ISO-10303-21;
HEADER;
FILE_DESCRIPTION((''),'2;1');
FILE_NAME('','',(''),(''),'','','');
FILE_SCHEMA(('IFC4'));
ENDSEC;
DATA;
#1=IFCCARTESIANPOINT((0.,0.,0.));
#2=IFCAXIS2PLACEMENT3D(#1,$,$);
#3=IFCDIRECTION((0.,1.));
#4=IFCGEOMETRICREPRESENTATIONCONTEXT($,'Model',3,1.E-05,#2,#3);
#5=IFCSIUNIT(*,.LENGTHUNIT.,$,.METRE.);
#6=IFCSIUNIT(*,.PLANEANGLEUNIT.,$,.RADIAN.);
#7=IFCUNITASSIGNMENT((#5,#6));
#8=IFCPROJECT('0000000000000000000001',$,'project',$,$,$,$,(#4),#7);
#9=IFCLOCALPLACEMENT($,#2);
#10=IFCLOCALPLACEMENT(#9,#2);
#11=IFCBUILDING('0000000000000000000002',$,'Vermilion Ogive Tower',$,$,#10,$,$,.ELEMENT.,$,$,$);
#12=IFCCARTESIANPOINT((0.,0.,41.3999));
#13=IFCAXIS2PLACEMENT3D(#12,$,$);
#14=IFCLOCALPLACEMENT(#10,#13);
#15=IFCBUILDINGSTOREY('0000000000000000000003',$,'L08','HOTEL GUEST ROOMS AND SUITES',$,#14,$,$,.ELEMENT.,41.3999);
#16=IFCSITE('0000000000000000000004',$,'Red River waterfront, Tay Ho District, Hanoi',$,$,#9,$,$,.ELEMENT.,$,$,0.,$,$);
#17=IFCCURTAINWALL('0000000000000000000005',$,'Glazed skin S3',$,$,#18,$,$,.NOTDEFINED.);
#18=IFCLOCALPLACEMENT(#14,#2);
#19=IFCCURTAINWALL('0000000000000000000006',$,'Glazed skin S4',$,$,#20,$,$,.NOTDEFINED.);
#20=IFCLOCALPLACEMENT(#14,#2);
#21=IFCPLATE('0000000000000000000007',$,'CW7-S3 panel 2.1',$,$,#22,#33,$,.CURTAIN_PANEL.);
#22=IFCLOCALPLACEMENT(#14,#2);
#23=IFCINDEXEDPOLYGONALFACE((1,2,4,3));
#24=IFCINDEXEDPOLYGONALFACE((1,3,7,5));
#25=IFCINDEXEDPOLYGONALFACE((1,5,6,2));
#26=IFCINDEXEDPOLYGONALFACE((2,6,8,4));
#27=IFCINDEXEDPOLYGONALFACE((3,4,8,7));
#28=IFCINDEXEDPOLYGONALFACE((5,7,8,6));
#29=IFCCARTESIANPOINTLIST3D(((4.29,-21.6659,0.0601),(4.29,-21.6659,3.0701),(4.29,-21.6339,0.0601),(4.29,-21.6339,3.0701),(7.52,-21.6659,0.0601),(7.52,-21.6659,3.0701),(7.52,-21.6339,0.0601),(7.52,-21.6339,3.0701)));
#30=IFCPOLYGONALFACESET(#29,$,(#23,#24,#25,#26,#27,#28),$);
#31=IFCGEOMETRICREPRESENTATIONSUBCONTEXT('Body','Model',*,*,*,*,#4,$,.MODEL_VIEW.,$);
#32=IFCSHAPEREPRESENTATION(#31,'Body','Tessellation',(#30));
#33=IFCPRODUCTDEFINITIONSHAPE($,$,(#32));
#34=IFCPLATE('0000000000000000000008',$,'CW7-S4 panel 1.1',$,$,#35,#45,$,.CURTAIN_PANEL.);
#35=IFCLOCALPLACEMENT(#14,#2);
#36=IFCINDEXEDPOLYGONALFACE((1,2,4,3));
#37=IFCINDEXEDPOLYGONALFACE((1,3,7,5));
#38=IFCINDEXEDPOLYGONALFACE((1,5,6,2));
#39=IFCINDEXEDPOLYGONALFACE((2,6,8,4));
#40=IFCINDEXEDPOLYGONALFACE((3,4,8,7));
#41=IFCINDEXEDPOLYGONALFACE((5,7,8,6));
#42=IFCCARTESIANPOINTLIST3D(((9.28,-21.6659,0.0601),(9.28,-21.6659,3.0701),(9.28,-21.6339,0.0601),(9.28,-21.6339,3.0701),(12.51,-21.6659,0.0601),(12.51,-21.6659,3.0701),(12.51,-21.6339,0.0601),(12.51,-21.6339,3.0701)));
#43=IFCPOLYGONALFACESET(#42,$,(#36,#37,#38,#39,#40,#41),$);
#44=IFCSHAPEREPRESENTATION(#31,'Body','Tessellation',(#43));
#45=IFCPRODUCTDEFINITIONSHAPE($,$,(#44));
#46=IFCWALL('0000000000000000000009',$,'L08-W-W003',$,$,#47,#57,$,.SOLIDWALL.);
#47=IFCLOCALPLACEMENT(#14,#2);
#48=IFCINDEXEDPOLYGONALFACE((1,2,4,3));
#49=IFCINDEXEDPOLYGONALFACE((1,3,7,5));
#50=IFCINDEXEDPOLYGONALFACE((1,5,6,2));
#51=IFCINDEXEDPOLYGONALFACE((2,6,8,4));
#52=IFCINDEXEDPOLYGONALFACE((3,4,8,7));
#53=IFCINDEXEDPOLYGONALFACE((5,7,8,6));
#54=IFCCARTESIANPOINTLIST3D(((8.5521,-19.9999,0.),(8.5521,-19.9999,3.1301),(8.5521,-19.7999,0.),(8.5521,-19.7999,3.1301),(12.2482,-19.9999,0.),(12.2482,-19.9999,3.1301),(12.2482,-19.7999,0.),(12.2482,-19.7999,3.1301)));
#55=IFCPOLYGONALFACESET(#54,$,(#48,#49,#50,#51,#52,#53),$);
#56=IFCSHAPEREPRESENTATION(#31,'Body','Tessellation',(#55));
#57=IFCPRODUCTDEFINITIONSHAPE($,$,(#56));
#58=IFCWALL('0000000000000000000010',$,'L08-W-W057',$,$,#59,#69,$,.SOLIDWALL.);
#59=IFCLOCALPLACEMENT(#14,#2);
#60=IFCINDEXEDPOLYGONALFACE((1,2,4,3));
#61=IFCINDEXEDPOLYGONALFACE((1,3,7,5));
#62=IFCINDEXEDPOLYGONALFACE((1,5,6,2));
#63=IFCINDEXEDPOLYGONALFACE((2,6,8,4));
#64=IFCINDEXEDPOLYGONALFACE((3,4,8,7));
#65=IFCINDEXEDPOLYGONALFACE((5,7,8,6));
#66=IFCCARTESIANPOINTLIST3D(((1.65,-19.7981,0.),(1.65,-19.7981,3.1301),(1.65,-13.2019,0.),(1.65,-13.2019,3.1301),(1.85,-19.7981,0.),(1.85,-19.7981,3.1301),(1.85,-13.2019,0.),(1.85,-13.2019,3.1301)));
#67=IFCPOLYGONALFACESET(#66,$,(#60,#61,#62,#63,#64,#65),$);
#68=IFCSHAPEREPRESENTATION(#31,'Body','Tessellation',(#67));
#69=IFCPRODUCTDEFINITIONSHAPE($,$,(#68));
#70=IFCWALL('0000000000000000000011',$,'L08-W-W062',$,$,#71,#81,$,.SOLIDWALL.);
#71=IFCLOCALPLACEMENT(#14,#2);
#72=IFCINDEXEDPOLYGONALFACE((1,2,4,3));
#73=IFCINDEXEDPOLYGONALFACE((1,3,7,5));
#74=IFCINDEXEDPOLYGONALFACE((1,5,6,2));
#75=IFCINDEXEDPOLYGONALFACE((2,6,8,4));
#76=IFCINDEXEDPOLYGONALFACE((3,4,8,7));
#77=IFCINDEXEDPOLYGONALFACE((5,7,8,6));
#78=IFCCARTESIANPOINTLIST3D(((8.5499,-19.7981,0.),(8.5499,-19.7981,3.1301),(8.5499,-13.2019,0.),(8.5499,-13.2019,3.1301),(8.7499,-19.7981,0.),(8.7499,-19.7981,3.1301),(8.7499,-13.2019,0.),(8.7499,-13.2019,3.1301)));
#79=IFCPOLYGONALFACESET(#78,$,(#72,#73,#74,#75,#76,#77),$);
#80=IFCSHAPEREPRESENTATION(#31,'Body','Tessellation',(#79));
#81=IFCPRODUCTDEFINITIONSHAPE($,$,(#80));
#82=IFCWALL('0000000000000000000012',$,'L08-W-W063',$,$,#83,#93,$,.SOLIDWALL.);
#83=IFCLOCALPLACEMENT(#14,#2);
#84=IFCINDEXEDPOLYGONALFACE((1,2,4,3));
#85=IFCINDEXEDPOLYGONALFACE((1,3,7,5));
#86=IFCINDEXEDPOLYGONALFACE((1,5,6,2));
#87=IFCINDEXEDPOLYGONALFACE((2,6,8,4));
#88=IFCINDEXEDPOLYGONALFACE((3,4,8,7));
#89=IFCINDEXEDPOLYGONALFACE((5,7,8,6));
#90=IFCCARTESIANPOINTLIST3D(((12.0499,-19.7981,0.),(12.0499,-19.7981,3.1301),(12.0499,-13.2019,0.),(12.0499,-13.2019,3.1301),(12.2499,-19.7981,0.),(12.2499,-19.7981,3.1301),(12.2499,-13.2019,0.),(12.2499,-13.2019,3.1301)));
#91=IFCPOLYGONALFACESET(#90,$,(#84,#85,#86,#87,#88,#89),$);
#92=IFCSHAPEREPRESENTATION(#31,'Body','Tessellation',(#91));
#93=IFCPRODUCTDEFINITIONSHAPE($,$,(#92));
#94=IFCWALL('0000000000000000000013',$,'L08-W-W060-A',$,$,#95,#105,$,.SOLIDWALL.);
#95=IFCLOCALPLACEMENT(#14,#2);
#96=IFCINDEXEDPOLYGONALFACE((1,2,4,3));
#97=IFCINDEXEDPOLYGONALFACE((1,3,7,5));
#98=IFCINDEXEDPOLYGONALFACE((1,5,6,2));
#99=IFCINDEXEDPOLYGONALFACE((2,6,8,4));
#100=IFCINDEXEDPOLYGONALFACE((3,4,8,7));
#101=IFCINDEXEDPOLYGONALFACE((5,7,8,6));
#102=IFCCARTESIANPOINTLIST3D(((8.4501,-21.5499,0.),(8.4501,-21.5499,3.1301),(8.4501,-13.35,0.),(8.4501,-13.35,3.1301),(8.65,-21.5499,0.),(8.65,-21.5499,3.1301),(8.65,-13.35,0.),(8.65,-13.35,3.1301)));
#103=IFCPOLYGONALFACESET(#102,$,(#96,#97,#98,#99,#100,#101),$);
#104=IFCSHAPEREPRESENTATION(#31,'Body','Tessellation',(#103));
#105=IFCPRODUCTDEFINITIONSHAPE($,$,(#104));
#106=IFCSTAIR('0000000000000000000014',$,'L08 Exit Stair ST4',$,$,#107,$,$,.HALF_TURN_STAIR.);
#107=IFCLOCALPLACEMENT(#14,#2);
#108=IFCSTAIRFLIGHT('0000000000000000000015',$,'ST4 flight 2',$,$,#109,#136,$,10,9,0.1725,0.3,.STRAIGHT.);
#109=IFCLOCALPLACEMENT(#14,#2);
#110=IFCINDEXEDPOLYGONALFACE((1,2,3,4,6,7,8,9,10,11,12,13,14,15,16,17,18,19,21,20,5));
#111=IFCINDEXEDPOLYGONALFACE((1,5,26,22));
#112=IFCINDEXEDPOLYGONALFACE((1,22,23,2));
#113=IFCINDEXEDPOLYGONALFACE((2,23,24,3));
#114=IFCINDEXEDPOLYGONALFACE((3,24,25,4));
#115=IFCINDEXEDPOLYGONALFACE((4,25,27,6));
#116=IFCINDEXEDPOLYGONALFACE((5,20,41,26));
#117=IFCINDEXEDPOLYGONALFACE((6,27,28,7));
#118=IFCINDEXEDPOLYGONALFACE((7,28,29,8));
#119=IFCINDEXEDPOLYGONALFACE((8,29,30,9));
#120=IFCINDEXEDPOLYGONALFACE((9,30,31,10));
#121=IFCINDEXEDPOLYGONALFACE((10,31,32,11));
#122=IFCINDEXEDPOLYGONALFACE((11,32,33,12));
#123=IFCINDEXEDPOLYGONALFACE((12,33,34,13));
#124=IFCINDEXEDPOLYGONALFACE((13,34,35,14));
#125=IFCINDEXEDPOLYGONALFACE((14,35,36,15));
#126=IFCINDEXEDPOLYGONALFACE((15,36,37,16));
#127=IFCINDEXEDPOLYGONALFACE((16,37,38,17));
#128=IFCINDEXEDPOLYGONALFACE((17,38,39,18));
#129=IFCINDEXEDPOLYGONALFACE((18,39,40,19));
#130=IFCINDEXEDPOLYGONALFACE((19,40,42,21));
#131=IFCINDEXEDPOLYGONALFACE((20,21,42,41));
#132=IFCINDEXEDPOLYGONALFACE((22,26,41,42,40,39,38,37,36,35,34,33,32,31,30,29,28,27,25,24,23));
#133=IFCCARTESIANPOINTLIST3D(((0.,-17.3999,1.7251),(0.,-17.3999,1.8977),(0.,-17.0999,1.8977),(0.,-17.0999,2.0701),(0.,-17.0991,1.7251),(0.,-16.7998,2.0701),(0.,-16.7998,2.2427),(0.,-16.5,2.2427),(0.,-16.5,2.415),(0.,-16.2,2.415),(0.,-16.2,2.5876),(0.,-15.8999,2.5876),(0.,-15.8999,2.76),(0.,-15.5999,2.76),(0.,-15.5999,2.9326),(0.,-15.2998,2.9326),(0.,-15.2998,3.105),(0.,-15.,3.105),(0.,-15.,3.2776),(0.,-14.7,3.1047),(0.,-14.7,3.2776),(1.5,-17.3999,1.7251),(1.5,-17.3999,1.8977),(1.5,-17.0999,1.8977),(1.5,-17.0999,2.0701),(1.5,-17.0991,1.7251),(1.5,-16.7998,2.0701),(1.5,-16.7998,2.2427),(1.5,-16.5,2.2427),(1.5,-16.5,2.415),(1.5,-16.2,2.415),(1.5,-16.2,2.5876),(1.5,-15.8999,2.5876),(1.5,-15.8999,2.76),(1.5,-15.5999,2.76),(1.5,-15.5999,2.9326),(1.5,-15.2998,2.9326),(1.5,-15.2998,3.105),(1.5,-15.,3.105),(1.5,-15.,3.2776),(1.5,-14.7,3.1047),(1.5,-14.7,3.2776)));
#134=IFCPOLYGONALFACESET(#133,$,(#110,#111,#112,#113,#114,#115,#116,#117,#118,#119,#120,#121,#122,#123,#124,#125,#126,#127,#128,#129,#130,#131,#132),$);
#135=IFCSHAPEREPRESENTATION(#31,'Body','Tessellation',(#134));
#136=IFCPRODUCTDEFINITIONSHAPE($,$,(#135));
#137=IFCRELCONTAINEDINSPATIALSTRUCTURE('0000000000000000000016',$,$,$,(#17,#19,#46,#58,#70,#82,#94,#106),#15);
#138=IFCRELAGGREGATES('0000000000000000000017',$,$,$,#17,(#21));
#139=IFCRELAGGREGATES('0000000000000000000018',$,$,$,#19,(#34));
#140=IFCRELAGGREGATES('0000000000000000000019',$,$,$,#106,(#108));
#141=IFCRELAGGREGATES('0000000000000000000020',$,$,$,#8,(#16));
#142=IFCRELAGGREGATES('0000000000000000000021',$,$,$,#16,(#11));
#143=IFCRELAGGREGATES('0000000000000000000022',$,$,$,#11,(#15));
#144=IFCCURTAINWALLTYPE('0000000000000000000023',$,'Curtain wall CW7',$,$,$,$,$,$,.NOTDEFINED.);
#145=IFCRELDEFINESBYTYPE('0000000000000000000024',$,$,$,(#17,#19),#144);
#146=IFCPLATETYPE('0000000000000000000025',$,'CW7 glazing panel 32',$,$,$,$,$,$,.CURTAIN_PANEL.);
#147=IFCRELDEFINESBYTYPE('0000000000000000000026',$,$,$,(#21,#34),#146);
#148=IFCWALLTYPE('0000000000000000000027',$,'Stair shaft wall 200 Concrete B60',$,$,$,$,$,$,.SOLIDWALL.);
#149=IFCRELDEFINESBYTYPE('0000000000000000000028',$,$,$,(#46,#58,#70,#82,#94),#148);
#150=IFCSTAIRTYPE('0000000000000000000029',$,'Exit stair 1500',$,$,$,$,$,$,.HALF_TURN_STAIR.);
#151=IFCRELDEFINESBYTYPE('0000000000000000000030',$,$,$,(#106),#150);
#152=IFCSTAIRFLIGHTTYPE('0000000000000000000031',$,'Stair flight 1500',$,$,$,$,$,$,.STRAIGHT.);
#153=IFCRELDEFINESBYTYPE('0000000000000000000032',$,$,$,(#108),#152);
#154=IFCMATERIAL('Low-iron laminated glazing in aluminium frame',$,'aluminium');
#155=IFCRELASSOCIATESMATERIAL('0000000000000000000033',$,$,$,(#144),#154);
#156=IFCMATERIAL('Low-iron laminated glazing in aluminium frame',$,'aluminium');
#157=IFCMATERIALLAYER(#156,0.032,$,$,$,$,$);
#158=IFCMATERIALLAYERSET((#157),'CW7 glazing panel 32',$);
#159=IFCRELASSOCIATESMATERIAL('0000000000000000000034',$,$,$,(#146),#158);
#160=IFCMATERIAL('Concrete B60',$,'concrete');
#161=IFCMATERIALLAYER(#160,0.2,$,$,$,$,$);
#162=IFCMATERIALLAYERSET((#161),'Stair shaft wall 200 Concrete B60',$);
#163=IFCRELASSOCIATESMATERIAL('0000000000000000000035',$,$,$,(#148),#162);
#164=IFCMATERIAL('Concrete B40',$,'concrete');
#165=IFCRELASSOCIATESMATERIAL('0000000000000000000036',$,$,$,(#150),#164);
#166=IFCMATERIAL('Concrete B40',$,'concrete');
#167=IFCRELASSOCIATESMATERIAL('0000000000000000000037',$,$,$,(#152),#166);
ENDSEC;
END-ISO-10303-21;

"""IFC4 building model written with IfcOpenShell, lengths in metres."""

from ifc_helpers import new_model, si_unit, direction, frame, frame_2d, origin, origin_2d, place, context, subcontext, project, spatial, polyline, rectangle, outline, extrude, material, layer, layer_set, type_object, element, aggregate, save


model = new_model("IFC4")

# Units and contexts
model_context = context("Model", 3, precision=1e-05, world=origin(), true_north=direction((0.0, 1.0)))
body_context = subcontext(model_context, "Body", "Model", "MODEL_VIEW")
ifc_project = project(units=[si_unit("LENGTHUNIT", "METRE"), si_unit("PLANEANGLEUNIT", "RADIAN")], contexts=[model_context])

# Site, building, storey
site_placement = place(None, origin())
site = spatial("IfcSite", under=ifc_project, at=site_placement, Name="Red River waterfront, Tay Ho District, Hanoi", CompositionType="ELEMENT", RefElevation=0.0)
building_placement = place(site_placement, origin())
building = spatial("IfcBuilding", under=site, at=building_placement, Name="Vermilion Ogive Tower", CompositionType="ELEMENT")
storey_placement = place(building_placement, frame((0.0, 0.0, 41.3999)))
storey = spatial("IfcBuildingStorey", under=building, at=storey_placement, Name="L08", Description="HOTEL GUEST ROOMS AND SUITES", CompositionType="ELEMENT", Elevation=41.3999)

# Curtain wall
ifc_material_1 = material(Name="Low-iron laminated glazing in aluminium frame", Category="aluminium")
curtain_wall_type = type_object("IfcCurtainWallType", Name="Curtain wall CW7", PredefinedType="NOTDEFINED", material=ifc_material_1)
curtain_wall_1_placement = place(storey_placement, origin())
curtain_wall_1 = element("IfcCurtainWall", 1, at=curtain_wall_1_placement, inside=storey, type_object=curtain_wall_type, Name="Glazed skin S3", PredefinedType="NOTDEFINED")

# Curtain wall
curtain_wall_2_placement = place(storey_placement, origin())
curtain_wall_2 = element("IfcCurtainWall", 2, at=curtain_wall_2_placement, inside=storey, type_object=curtain_wall_type, Name="Glazed skin S4", PredefinedType="NOTDEFINED")

# Plates
ifc_material_2 = material(Name="Low-iron laminated glazing in aluminium frame", Category="aluminium")
ifc_layer_1 = layer(ifc_material_2, 0.032)
ifc_layer_set_1 = layer_set([ifc_layer_1], Name="CW7 glazing panel 32")
plate_type = type_object("IfcPlateType", Name="CW7 glazing panel 32", PredefinedType="CURTAIN_PANEL", material=ifc_layer_set_1)
plate_1_placement = place(storey_placement, frame((5.905, -21.6499, 0.0601), z_axis=(0.0, 0.0, 1.0), x_axis=(1.0, 0.0, 0.0)))
plate_1 = element("IfcPlate", 3, at=plate_1_placement, type_object=plate_type, Name="CW7-S3 panel 2.1", PredefinedType="CURTAIN_PANEL", context=body_context, shape_type="SweptSolid", body=[
    extrude(rectangle(XDim=3.23, YDim=0.032, at=origin_2d()), origin(), (0.0, 0.0, 1.0), 3.01),
])
aggregate(curtain_wall_1, [plate_1])
plate_2_placement = place(storey_placement, frame((10.895, -21.6499, 0.0601), z_axis=(0.0, 0.0, 1.0), x_axis=(1.0, 0.0, 0.0)))
plate_2 = element("IfcPlate", 4, at=plate_2_placement, type_object=plate_type, Name="CW7-S4 panel 1.1", PredefinedType="CURTAIN_PANEL", context=body_context, shape_type="SweptSolid", body=[
    extrude(rectangle(XDim=3.23, YDim=0.032, at=origin_2d()), origin(), (0.0, 0.0, 1.0), 3.01),
])
aggregate(curtain_wall_2, [plate_2])

# Walls
ifc_material_3 = material(Name="Concrete B60", Category="concrete")
ifc_layer_2 = layer(ifc_material_3, 0.2)
ifc_layer_set_2 = layer_set([ifc_layer_2], Name="Stair shaft wall 200 Concrete B60")
wall_type = type_object("IfcWallType", Name="Stair shaft wall 200 Concrete B60", PredefinedType="SOLIDWALL", material=ifc_layer_set_2)
wall_1_placement = place(storey_placement, frame((8.552, -19.8999, 0.0), z_axis=(0.0, 0.0, 1.0), x_axis=(1.0, 0.0, 0.0)))
element("IfcWall", 5, at=wall_1_placement, inside=storey, type_object=wall_type, Name="L08-W-W003", PredefinedType="SOLIDWALL", context=body_context, shape_type="SweptSolid", body=[
    extrude(rectangle(XDim=3.696, YDim=0.2, at=frame_2d((1.8481, 0.0))), origin(), (0.0, 0.0, 1.0), 3.1301),
])
for number, where, z_axis, x_axis, name in (
    (6, (1.75, -19.7981, 0.0), (0.0, 0.0, 1.0), (0.0, 1.0, 0.0), "L08-W-W057"),
    (7, (8.6499, -19.7981, 0.0), (0.0, 0.0, 1.0), (0.0, 1.0, 0.0), "L08-W-W062"),
    (8, (12.1499, -19.7981, 0.0), (0.0, 0.0, 1.0), (0.0, 1.0, 0.0), "L08-W-W063"),
):
    element("IfcWall", number, at=place(storey_placement, frame(where, z_axis=z_axis, x_axis=x_axis)), inside=storey, type_object=wall_type, Name=name, PredefinedType="SOLIDWALL", context=body_context, shape_type="SweptSolid", body=[
        extrude(rectangle(XDim=6.5962, YDim=0.2, at=frame_2d((3.2981, 0.0))), origin(), (0.0, 0.0, 1.0), 3.1301),
    ])
wall_2_placement = place(storey_placement, frame((8.55, -21.55, 0.0), z_axis=(0.0, 0.0, 1.0), x_axis=(0.0, 1.0, 0.0)))
element("IfcWall", 9, at=wall_2_placement, inside=storey, type_object=wall_type, Name="L08-W-W060-A", PredefinedType="SOLIDWALL", context=body_context, shape_type="SweptSolid", body=[
    extrude(rectangle(XDim=8.2, YDim=0.2, at=frame_2d((4.1001, 0.0))), origin(), (0.0, 0.0, 1.0), 3.1301),
])

# Stair, stair flight
ifc_material_4 = material(Name="Concrete B40", Category="concrete")
stair_type = type_object("IfcStairType", Name="Exit stair 1500", PredefinedType="HALF_TURN_STAIR", material=ifc_material_4)
stair_placement = place(storey_placement, origin())
stair = element("IfcStair", 10, at=stair_placement, inside=storey, type_object=stair_type, Name="L08 Exit Stair ST4", PredefinedType="HALF_TURN_STAIR")
ifc_material_5 = material(Name="Concrete B40", Category="concrete")
stair_flight_type = type_object("IfcStairFlightType", Name="Stair flight 1500", PredefinedType="STRAIGHT", material=ifc_material_5)
stair_flight_placement = place(storey_placement, frame((0.75, -17.3999, 1.7251), z_axis=(0.0, 0.0, 1.0), x_axis=(0.0, 1.0, 0.0)))
stair_flight = element("IfcStairFlight", 11, at=stair_flight_placement, type_object=stair_flight_type, Name="ST4 flight 2", NumberOfRisers=10, NumberOfTreads=9, PredefinedType="STRAIGHT", RiserHeight=0.1725, TreadLength=0.3, context=body_context, shape_type="SweptSolid", body=[
    extrude(outline(polyline([(0.0, 0.0), (0.0, 0.1726), (0.3, 0.1726), (0.3, 0.345), (0.6001, 0.345), (0.6001, 0.5176), (0.8999, 0.5176), (0.8999, 0.6899), (1.2, 0.6899), (1.2, 0.8625), (1.5, 0.8625), (1.5, 1.0349), (1.8, 1.0349), (1.8, 1.2075), (2.1001, 1.2075), (2.1001, 1.3799), (2.3999, 1.3799), (2.3999, 1.5525), (2.7, 1.5525), (2.7, 1.7251), (2.7, 1.3796), (0.3008, 0.0), (0.0, 0.0)])), frame((0.0, 0.75, 0.0), z_axis=(0.0, -1.0, 0.0), x_axis=(1.0, 0.0, 0.0)), (0.0, 0.0, 1.0), 1.5),
])
aggregate(stair, [stair_flight])

save(model, "model.ifc")
